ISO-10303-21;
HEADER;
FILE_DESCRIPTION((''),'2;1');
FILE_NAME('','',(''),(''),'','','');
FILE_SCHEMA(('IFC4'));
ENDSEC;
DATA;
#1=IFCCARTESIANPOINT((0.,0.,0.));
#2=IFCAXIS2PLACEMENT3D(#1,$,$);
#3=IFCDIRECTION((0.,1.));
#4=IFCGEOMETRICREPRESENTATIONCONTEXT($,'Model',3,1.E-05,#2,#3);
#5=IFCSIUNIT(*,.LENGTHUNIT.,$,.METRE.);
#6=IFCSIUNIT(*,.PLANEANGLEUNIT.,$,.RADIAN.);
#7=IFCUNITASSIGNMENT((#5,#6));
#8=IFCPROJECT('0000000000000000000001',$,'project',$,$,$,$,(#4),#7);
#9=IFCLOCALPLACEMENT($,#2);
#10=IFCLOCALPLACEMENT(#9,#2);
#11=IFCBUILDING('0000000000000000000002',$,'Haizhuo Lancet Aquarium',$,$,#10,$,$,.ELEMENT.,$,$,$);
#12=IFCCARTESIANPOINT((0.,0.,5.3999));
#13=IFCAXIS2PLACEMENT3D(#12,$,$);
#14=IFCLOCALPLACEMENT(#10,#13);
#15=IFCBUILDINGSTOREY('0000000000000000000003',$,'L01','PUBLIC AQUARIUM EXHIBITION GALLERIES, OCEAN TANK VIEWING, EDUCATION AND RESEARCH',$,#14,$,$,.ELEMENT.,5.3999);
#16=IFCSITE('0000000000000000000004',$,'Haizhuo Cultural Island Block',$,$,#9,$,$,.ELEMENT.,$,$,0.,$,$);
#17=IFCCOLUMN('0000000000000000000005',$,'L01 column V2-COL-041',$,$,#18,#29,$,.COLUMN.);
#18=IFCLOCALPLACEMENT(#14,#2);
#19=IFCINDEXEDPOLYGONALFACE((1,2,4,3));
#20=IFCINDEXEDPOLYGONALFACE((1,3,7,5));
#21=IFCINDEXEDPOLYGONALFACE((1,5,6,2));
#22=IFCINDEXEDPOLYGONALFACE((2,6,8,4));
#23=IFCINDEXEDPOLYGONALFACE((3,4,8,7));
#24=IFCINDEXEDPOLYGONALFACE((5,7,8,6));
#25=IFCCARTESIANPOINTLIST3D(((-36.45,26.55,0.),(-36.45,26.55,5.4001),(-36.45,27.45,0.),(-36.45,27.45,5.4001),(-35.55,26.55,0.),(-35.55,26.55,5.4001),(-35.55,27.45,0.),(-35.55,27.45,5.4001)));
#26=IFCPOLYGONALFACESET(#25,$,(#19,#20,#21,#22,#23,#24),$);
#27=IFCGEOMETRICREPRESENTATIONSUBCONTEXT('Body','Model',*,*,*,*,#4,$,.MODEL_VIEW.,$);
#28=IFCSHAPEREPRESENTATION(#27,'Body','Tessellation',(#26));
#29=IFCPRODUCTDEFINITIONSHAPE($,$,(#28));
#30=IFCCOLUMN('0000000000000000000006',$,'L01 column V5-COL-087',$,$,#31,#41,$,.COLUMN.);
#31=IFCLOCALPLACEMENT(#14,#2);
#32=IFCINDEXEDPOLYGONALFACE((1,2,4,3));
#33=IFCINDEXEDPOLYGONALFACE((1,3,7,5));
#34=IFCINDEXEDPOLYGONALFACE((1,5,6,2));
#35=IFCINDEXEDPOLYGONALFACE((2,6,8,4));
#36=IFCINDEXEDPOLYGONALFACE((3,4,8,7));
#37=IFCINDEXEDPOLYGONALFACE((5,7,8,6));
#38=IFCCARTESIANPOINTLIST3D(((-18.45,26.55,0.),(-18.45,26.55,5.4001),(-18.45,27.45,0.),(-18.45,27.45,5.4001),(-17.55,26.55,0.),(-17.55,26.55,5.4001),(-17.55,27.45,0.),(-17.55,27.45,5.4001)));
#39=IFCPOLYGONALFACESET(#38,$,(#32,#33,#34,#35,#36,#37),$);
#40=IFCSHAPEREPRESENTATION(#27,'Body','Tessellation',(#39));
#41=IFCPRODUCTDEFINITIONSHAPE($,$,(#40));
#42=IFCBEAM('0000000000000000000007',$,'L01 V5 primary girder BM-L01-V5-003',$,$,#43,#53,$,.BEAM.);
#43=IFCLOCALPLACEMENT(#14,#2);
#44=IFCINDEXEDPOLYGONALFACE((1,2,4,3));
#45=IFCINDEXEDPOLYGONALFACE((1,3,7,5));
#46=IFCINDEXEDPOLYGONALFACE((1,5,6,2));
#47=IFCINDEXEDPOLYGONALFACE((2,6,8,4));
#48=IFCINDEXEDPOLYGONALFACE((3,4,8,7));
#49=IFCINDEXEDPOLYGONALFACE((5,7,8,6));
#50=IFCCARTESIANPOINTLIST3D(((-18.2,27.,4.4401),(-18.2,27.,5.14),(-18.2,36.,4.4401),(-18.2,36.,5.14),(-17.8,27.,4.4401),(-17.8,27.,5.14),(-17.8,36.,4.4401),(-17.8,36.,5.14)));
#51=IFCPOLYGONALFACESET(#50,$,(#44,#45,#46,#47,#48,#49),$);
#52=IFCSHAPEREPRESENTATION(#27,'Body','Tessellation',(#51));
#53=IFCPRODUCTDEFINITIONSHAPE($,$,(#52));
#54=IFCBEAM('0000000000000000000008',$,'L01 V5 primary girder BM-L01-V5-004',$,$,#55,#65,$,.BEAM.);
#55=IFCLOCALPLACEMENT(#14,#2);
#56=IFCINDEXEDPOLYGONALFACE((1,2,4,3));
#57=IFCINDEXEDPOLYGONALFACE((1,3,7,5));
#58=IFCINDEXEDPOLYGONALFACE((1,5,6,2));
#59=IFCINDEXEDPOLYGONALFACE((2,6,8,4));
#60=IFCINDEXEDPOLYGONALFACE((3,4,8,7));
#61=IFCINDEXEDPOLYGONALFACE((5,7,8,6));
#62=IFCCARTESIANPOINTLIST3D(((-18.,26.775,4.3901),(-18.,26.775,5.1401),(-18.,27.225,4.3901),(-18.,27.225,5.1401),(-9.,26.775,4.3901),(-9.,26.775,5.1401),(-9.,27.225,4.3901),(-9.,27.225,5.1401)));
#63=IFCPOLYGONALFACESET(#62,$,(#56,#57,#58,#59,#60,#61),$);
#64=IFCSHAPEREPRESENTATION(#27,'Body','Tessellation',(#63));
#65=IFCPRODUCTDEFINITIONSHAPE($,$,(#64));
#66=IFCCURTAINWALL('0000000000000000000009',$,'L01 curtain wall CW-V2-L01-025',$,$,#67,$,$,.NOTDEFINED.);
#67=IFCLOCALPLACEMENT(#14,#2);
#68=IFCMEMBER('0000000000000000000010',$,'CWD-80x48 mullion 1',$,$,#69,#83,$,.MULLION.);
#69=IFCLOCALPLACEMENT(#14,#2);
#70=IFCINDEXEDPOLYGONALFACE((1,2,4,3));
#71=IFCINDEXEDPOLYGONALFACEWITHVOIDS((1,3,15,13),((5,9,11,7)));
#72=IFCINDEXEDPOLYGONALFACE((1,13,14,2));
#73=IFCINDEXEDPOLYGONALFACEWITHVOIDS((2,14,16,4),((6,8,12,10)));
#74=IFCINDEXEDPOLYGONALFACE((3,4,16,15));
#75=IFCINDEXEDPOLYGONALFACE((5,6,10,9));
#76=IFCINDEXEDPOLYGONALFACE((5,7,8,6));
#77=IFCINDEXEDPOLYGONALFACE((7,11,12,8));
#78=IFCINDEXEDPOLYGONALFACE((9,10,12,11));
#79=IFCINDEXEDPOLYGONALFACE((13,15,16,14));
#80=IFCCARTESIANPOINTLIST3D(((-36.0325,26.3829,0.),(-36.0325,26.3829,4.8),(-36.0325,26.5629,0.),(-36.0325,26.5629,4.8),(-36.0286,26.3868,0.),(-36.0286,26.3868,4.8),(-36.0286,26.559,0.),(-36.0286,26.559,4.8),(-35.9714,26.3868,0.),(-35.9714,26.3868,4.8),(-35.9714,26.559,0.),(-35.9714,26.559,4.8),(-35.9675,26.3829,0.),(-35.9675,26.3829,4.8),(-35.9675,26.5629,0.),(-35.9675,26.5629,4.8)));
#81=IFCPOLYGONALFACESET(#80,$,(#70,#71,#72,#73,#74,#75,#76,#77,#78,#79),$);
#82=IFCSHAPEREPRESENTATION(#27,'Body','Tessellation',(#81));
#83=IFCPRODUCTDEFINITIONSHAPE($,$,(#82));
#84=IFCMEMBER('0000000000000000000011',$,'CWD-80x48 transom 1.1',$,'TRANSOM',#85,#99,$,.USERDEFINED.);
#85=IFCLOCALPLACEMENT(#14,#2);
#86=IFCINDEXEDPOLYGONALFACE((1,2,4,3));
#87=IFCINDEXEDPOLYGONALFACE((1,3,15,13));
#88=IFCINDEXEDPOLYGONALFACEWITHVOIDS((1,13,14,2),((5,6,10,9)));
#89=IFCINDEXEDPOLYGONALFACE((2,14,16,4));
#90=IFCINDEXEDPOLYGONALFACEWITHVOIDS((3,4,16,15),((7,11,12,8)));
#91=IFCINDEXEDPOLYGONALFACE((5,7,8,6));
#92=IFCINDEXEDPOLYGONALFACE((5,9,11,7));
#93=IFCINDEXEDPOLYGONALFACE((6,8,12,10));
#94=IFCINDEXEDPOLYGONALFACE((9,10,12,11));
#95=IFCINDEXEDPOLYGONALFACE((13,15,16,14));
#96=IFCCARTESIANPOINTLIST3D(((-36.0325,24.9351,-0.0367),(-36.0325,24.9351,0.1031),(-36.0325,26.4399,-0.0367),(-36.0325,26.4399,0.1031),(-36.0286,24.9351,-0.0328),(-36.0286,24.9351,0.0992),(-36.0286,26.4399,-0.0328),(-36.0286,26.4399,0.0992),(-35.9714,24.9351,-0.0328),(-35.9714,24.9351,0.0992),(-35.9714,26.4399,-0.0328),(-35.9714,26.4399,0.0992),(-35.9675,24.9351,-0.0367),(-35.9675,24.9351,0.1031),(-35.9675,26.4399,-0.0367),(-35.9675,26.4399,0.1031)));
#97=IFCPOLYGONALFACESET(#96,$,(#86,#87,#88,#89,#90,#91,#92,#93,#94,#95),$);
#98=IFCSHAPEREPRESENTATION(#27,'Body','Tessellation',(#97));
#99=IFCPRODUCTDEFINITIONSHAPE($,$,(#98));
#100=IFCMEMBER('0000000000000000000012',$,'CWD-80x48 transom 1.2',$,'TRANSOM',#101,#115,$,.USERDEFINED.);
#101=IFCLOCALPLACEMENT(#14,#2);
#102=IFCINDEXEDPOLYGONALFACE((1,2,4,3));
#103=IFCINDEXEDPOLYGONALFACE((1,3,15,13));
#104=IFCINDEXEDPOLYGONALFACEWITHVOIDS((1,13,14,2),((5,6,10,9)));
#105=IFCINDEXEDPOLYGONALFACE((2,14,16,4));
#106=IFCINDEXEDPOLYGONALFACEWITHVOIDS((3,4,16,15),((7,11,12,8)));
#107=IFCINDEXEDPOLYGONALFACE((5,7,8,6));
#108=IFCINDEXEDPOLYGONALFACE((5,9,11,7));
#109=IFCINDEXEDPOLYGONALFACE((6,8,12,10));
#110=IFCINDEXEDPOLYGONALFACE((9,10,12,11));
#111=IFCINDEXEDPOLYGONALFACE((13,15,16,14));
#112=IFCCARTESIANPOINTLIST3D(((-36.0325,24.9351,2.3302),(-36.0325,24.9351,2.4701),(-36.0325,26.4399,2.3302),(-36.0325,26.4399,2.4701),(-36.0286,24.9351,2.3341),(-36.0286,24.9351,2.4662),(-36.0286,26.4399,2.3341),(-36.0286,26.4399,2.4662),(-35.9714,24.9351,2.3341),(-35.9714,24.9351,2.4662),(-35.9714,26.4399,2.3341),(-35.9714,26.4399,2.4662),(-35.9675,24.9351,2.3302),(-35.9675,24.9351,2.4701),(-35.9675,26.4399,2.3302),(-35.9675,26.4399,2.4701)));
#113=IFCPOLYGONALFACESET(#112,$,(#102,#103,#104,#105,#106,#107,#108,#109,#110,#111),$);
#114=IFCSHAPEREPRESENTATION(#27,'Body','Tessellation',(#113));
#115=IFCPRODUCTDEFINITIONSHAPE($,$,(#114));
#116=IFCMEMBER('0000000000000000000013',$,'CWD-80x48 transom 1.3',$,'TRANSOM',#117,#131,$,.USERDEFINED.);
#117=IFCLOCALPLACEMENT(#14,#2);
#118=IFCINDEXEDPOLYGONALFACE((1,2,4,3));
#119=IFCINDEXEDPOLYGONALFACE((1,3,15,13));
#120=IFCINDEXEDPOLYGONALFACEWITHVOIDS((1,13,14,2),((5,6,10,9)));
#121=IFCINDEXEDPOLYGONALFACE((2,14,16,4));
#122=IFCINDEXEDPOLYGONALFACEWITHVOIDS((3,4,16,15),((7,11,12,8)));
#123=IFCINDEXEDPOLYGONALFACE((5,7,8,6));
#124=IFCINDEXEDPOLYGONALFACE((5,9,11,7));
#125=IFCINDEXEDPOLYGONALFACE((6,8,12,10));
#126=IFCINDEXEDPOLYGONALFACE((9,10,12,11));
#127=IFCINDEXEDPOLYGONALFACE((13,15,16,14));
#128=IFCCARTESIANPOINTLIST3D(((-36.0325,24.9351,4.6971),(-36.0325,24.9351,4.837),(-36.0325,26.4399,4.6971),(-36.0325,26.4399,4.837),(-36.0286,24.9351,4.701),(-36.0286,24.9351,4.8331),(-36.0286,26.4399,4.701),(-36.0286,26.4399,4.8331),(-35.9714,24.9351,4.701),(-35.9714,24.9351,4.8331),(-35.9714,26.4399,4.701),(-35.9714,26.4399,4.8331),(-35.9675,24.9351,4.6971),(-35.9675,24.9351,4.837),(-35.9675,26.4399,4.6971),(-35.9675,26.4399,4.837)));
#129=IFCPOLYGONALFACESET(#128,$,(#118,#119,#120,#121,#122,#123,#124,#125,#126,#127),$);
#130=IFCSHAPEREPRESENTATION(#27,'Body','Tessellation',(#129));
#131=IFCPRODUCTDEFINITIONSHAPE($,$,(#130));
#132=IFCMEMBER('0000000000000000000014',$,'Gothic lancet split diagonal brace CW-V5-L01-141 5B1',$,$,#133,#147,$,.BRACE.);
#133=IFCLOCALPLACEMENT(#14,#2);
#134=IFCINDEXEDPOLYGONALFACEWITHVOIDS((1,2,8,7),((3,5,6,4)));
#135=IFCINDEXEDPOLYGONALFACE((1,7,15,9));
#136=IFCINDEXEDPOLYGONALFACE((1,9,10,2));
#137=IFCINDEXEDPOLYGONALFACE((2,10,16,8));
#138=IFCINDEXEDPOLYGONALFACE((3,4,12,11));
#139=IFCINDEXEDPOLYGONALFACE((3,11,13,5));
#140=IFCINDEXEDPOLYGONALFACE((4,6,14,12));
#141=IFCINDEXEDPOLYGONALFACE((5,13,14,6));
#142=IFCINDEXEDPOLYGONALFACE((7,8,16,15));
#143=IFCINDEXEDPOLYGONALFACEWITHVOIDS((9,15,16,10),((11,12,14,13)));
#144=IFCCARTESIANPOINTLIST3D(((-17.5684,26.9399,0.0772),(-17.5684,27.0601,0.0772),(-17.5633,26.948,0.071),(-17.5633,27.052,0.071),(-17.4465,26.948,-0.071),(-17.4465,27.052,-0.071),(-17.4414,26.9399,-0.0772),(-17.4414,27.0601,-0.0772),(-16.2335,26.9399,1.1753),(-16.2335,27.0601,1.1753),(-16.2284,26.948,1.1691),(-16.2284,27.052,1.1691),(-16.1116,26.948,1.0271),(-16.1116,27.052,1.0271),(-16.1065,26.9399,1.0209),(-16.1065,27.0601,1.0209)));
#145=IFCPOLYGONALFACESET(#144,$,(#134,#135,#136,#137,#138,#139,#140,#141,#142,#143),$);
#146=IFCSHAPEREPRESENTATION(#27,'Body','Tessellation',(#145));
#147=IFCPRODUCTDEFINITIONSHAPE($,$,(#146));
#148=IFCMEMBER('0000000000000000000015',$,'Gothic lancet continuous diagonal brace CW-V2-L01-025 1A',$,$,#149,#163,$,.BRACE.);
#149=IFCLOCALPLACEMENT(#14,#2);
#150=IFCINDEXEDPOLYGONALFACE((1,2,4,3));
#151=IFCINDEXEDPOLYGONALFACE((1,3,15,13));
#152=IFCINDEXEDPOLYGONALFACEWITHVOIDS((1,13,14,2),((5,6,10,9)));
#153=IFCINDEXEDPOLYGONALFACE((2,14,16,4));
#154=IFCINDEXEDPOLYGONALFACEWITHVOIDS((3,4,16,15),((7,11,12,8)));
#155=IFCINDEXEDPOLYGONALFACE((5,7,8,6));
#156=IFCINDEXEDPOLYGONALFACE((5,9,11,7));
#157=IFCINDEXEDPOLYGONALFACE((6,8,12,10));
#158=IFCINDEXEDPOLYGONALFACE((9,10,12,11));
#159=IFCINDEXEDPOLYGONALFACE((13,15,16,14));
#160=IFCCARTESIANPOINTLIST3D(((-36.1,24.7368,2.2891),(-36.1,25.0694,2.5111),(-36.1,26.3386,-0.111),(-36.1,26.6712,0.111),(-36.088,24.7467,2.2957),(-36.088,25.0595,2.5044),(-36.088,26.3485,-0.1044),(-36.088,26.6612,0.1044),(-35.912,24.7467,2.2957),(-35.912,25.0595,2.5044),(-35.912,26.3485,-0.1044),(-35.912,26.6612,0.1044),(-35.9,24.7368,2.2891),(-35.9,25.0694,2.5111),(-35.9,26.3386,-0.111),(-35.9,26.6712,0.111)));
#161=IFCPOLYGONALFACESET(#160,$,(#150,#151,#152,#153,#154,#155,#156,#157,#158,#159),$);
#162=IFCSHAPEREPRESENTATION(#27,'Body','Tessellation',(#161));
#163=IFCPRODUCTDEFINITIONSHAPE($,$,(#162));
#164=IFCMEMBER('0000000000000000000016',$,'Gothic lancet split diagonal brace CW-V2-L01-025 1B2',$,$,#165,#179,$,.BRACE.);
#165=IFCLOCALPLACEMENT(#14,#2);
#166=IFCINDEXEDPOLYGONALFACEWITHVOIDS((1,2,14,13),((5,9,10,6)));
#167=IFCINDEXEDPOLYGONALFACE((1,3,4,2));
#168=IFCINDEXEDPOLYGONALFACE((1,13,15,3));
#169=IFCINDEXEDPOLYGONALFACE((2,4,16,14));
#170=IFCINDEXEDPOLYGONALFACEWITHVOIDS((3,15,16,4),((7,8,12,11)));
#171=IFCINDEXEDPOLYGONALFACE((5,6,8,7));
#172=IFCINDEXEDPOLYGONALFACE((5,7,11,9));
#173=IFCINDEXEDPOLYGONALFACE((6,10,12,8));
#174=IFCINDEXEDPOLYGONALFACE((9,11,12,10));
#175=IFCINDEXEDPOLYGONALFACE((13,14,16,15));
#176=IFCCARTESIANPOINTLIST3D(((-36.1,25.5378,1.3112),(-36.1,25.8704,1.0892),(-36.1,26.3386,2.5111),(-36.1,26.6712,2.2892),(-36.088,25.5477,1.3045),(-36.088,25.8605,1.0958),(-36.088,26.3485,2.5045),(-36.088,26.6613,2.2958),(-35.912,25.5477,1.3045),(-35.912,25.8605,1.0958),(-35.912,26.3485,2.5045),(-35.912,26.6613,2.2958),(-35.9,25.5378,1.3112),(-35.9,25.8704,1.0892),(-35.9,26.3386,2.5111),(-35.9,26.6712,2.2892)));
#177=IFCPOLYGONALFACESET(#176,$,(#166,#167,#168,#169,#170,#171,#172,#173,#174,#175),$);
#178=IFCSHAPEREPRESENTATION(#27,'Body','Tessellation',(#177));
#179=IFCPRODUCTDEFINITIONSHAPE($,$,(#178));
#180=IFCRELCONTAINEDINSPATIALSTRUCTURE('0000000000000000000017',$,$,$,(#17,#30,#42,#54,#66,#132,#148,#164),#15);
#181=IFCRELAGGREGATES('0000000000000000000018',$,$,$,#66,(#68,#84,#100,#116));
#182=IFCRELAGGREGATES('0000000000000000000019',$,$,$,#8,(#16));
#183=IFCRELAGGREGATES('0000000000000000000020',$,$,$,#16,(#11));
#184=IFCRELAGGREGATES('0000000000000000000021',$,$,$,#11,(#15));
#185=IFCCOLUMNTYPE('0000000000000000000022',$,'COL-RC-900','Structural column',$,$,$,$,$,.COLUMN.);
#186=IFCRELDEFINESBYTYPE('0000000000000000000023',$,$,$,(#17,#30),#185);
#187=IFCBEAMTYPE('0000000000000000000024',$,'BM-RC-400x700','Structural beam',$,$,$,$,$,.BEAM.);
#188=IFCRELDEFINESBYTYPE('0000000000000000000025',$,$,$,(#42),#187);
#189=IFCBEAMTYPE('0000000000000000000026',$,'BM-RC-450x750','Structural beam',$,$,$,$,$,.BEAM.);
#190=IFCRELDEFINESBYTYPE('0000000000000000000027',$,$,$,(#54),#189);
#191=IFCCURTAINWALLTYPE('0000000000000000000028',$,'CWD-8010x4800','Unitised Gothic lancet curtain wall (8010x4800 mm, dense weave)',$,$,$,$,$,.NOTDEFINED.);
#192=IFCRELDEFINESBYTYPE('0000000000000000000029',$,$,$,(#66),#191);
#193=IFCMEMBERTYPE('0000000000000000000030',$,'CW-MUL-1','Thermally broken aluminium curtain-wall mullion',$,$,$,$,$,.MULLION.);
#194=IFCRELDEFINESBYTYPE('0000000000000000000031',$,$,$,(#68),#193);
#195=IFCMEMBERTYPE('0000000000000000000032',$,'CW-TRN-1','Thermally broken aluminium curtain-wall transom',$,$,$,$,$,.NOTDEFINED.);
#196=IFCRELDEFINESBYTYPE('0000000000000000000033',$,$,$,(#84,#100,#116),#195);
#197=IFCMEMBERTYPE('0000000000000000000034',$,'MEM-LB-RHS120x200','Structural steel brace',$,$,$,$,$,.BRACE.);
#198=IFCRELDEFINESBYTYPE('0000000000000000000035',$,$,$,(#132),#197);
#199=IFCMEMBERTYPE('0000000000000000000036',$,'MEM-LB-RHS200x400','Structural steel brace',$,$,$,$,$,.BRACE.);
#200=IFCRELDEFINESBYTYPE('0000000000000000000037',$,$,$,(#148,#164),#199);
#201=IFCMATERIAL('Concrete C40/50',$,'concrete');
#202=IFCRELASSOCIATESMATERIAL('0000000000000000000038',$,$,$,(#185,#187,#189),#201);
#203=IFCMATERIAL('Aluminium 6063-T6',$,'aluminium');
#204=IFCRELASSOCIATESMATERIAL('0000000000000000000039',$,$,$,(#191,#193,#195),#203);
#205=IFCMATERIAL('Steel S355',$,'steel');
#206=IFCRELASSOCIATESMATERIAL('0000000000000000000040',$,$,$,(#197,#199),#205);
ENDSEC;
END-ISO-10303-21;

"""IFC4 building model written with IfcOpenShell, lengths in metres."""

from ifc_helpers import new_model, si_unit, direction, frame, origin, origin_2d, place, context, subcontext, project, spatial, rectangle, hollow_rectangle, extrude, material, material_profile, profile_set, type_object, element, aggregate, save


model = new_model("IFC4")

# Units and contexts
model_context = context("Model", 3, precision=1e-05, world=origin(), true_north=direction((0.0, 1.0)))
body_context = subcontext(model_context, "Body", "Model", "MODEL_VIEW")
ifc_project = project(units=[si_unit("LENGTHUNIT", "METRE"), si_unit("PLANEANGLEUNIT", "RADIAN")], contexts=[model_context])

# Site, building, storey
site_placement = place(None, origin())
site = spatial("IfcSite", under=ifc_project, at=site_placement, Name="Haizhuo Cultural Island Block", CompositionType="ELEMENT", RefElevation=0.0)
building_placement = place(site_placement, origin())
building = spatial("IfcBuilding", under=site, at=building_placement, Name="Haizhuo Lancet Aquarium", CompositionType="ELEMENT")
storey_placement = place(building_placement, frame((0.0, 0.0, 5.3999)))
storey = spatial("IfcBuildingStorey", under=building, at=storey_placement, Name="L01", Description="PUBLIC AQUARIUM EXHIBITION GALLERIES, OCEAN TANK VIEWING, EDUCATION AND RESEARCH", CompositionType="ELEMENT", Elevation=5.3999)

# Columns
ifc_material_1 = material(Name="Concrete C40/50", Category="concrete")
ifc_material_profile_1 = material_profile(ifc_material_1, rectangle(XDim=0.8999, YDim=0.8999, at=origin_2d()), Name="RC-COL 900x900")
ifc_profile_set_1 = profile_set([ifc_material_profile_1], Name="Concrete C40/50")
column_type_1 = type_object("IfcColumnType", Name="COL-RC-900", Description="Structural column", PredefinedType="COLUMN", material=ifc_profile_set_1)
for number, where, z_axis, x_axis, name in (
    (1, (-36.0, 27.0, 0.0), (0.0, 0.0, 1.0), (1.0, 0.0, 0.0), "L01 column V2-COL-041"),
    (2, (-18.0, 27.0, 0.0), (0.0, 0.0, 1.0), (1.0, 0.0, 0.0), "L01 column V5-COL-087"),
):
    element("IfcColumn", number, at=place(storey_placement, frame(where, z_axis=z_axis, x_axis=x_axis)), inside=storey, type_object=column_type_1, Name=name, PredefinedType="COLUMN", context=body_context, shape_type="SweptSolid", body=[
        extrude(rectangle(XDim=0.8999, YDim=0.8999, at=origin_2d()), origin(), (0.0, 0.0, 1.0), 5.4001),
    ])

# Beams
ifc_material_profile_2 = material_profile(ifc_material_1, rectangle(XDim=0.3999, YDim=0.7, at=origin_2d()), Name="RC-BM 400x700")
ifc_profile_set_2 = profile_set([ifc_material_profile_2], Name="Concrete C40/50")
beam_type_1 = type_object("IfcBeamType", Name="BM-RC-400x700", Description="Structural beam", PredefinedType="BEAM", material=ifc_profile_set_2)
beam_1_placement = place(storey_placement, frame((-18.0, 27.0, 4.79), z_axis=(0.0, 1.0, 0.0), x_axis=(-1.0, 0.0, 0.0)))
element("IfcBeam", 3, at=beam_1_placement, inside=storey, type_object=beam_type_1, Name="L01 V5 primary girder BM-L01-V5-003", PredefinedType="BEAM", context=body_context, shape_type="SweptSolid", body=[
    extrude(rectangle(XDim=0.3999, YDim=0.7, at=origin_2d()), origin(), (0.0, 0.0, 1.0), 9.0),
])
ifc_material_profile_3 = material_profile(ifc_material_1, rectangle(XDim=0.45, YDim=0.75, at=origin_2d()), Name="RC-BM 450x750")
ifc_profile_set_3 = profile_set([ifc_material_profile_3], Name="Concrete C40/50")
beam_type_2 = type_object("IfcBeamType", Name="BM-RC-450x750", Description="Structural beam", PredefinedType="BEAM", material=ifc_profile_set_3)
beam_2_placement = place(storey_placement, frame((-18.0, 27.0, 4.7651), z_axis=(1.0, 0.0, 0.0), x_axis=(0.0, 1.0, 0.0)))
element("IfcBeam", 4, at=beam_2_placement, inside=storey, type_object=beam_type_2, Name="L01 V5 primary girder BM-L01-V5-004", PredefinedType="BEAM", context=body_context, shape_type="SweptSolid", body=[
    extrude(rectangle(XDim=0.45, YDim=0.75, at=origin_2d()), origin(), (0.0, 0.0, 1.0), 9.0),
])

# Curtain wall, members
ifc_material_2 = material(Name="Aluminium 6063-T6", Category="aluminium")
curtain_wall_type = type_object("IfcCurtainWallType", Name="CWD-8010x4800", Description="Unitised Gothic lancet curtain wall (8010x4800 mm, dense weave)", PredefinedType="NOTDEFINED", material=ifc_material_2)
curtain_wall_placement = place(storey_placement, origin())
curtain_wall = element("IfcCurtainWall", 5, at=curtain_wall_placement, inside=storey, type_object=curtain_wall_type, Name="L01 curtain wall CW-V2-L01-025", PredefinedType="NOTDEFINED")
ifc_material_profile_4 = material_profile(ifc_material_2, hollow_rectangle(XDim=0.0649, YDim=0.1799, WallThickness=0.0039, at=origin_2d()), Name="ALU-M 65x180x4")
ifc_profile_set_4 = profile_set([ifc_material_profile_4], Name="Aluminium 6063-T6")
member_type_1 = type_object("IfcMemberType", Name="CW-MUL-1", Description="Thermally broken aluminium curtain-wall mullion", PredefinedType="MULLION", material=ifc_profile_set_4)
member_1_placement = place(storey_placement, frame((-36.0, 26.4729, 0.0), z_axis=(0.0, 0.0, 1.0), x_axis=(1.0, 0.0, 0.0)))
member_1 = element("IfcMember", 6, at=member_1_placement, type_object=member_type_1, Name="CWD-80x48 mullion 1", PredefinedType="MULLION", context=body_context, shape_type="SweptSolid", body=[
    extrude(hollow_rectangle(XDim=0.0649, YDim=0.1799, WallThickness=0.0039, at=origin_2d()), origin(), (0.0, 0.0, 1.0), 4.8),
])
ifc_material_profile_5 = material_profile(ifc_material_2, hollow_rectangle(XDim=0.0649, YDim=0.1399, WallThickness=0.0039, at=origin_2d()), Name="ALU-T 65x140x4")
ifc_profile_set_5 = profile_set([ifc_material_profile_5], Name="Aluminium 6063-T6")
member_type_2 = type_object("IfcMemberType", Name="CW-TRN-1", Description="Thermally broken aluminium curtain-wall transom", PredefinedType="NOTDEFINED", material=ifc_profile_set_5)
member_2_placement = place(storey_placement, frame((-36.0, 26.4399, 0.0332), z_axis=(0.0, -1.0, 0.0), x_axis=(1.0, 0.0, 0.0)))
member_2 = element("IfcMember", 7, at=member_2_placement, type_object=member_type_2, Name="CWD-80x48 transom 1.1", ObjectType="TRANSOM", PredefinedType="USERDEFINED", context=body_context, shape_type="SweptSolid", body=[
    extrude(hollow_rectangle(XDim=0.0649, YDim=0.1399, WallThickness=0.0039, at=origin_2d()), origin(), (0.0, 0.0, 1.0), 1.5049),
])
member_3_placement = place(storey_placement, frame((-36.0, 26.4399, 2.4001), z_axis=(0.0, -1.0, 0.0), x_axis=(1.0, 0.0, 0.0)))
member_3 = element("IfcMember", 8, at=member_3_placement, type_object=member_type_2, Name="CWD-80x48 transom 1.2", ObjectType="TRANSOM", PredefinedType="USERDEFINED", context=body_context, shape_type="SweptSolid", body=[
    extrude(hollow_rectangle(XDim=0.0649, YDim=0.1399, WallThickness=0.0039, at=origin_2d()), origin(), (0.0, 0.0, 1.0), 1.5049),
])
member_4_placement = place(storey_placement, frame((-36.0, 26.4399, 4.7671), z_axis=(0.0, -1.0, 0.0), x_axis=(1.0, 0.0, 0.0)))
member_4 = element("IfcMember", 9, at=member_4_placement, type_object=member_type_2, Name="CWD-80x48 transom 1.3", ObjectType="TRANSOM", PredefinedType="USERDEFINED", context=body_context, shape_type="SweptSolid", body=[
    extrude(hollow_rectangle(XDim=0.0649, YDim=0.1399, WallThickness=0.0039, at=origin_2d()), origin(), (0.0, 0.0, 1.0), 1.5049),
])
aggregate(curtain_wall, [member_1, member_2, member_3, member_4])

# Members
ifc_material_3 = material(Name="Steel S355", Category="steel")
ifc_material_profile_6 = material_profile(ifc_material_3, hollow_rectangle(XDim=0.1201, YDim=0.2, WallThickness=0.0081, at=origin_2d()), Name="RHS 120x200x8")
ifc_profile_set_6 = profile_set([ifc_material_profile_6], Name="Steel S355")
member_type_3 = type_object("IfcMemberType", Name="MEM-LB-RHS120x200", Description="Structural steel brace", PredefinedType="BRACE", material=ifc_profile_set_6)
member_5_placement = place(storey_placement, frame((-17.5049, 27.0, 0.0), z_axis=(0.772281, 0.0, 0.635281), x_axis=(0.0, 1.0, 0.0)))
element("IfcMember", 10, at=member_5_placement, inside=storey, type_object=member_type_3, Name="Gothic lancet split diagonal brace CW-V5-L01-141 5B1", PredefinedType="BRACE", context=body_context, shape_type="SweptSolid", body=[
    extrude(hollow_rectangle(XDim=0.1201, YDim=0.2, WallThickness=0.0081, at=origin_2d()), origin(), (0.0, 0.0, 1.0), 1.7285),
])
ifc_material_profile_7 = material_profile(ifc_material_3, hollow_rectangle(XDim=0.2, YDim=0.3999, WallThickness=0.012, at=origin_2d()), Name="RHS 200x400x12")
ifc_profile_set_7 = profile_set([ifc_material_profile_7], Name="Steel S355")
member_type_4 = type_object("IfcMemberType", Name="MEM-LB-RHS200x400", Description="Structural steel brace", PredefinedType="BRACE", material=ifc_profile_set_7)
member_6_placement = place(storey_placement, frame((-36.0, 26.5049, 0.0), z_axis=(0.0, -0.55511, 0.831777), x_axis=(1.0, 0.0, 0.0)))
element("IfcMember", 11, at=member_6_placement, inside=storey, type_object=member_type_4, Name="Gothic lancet continuous diagonal brace CW-V2-L01-025 1A", PredefinedType="BRACE", context=body_context, shape_type="SweptSolid", body=[
    extrude(hollow_rectangle(XDim=0.2, YDim=0.3999, WallThickness=0.012, at=origin_2d()), origin(), (0.0, 0.0, 1.0), 2.8855),
])
member_7_placement = place(storey_placement, frame((-36.0, 25.7041, 1.2002), z_axis=(0.0, 0.555091, 0.83179), x_axis=(-1.0, 0.0, 0.0)))
element("IfcMember", 12, at=member_7_placement, inside=storey, type_object=member_type_4, Name="Gothic lancet split diagonal brace CW-V2-L01-025 1B2", PredefinedType="BRACE", context=body_context, shape_type="SweptSolid", body=[
    extrude(hollow_rectangle(XDim=0.2, YDim=0.3999, WallThickness=0.012, at=origin_2d()), origin(), (0.0, 0.0, 1.0), 1.4426),
])

save(model, "model.ifc")
